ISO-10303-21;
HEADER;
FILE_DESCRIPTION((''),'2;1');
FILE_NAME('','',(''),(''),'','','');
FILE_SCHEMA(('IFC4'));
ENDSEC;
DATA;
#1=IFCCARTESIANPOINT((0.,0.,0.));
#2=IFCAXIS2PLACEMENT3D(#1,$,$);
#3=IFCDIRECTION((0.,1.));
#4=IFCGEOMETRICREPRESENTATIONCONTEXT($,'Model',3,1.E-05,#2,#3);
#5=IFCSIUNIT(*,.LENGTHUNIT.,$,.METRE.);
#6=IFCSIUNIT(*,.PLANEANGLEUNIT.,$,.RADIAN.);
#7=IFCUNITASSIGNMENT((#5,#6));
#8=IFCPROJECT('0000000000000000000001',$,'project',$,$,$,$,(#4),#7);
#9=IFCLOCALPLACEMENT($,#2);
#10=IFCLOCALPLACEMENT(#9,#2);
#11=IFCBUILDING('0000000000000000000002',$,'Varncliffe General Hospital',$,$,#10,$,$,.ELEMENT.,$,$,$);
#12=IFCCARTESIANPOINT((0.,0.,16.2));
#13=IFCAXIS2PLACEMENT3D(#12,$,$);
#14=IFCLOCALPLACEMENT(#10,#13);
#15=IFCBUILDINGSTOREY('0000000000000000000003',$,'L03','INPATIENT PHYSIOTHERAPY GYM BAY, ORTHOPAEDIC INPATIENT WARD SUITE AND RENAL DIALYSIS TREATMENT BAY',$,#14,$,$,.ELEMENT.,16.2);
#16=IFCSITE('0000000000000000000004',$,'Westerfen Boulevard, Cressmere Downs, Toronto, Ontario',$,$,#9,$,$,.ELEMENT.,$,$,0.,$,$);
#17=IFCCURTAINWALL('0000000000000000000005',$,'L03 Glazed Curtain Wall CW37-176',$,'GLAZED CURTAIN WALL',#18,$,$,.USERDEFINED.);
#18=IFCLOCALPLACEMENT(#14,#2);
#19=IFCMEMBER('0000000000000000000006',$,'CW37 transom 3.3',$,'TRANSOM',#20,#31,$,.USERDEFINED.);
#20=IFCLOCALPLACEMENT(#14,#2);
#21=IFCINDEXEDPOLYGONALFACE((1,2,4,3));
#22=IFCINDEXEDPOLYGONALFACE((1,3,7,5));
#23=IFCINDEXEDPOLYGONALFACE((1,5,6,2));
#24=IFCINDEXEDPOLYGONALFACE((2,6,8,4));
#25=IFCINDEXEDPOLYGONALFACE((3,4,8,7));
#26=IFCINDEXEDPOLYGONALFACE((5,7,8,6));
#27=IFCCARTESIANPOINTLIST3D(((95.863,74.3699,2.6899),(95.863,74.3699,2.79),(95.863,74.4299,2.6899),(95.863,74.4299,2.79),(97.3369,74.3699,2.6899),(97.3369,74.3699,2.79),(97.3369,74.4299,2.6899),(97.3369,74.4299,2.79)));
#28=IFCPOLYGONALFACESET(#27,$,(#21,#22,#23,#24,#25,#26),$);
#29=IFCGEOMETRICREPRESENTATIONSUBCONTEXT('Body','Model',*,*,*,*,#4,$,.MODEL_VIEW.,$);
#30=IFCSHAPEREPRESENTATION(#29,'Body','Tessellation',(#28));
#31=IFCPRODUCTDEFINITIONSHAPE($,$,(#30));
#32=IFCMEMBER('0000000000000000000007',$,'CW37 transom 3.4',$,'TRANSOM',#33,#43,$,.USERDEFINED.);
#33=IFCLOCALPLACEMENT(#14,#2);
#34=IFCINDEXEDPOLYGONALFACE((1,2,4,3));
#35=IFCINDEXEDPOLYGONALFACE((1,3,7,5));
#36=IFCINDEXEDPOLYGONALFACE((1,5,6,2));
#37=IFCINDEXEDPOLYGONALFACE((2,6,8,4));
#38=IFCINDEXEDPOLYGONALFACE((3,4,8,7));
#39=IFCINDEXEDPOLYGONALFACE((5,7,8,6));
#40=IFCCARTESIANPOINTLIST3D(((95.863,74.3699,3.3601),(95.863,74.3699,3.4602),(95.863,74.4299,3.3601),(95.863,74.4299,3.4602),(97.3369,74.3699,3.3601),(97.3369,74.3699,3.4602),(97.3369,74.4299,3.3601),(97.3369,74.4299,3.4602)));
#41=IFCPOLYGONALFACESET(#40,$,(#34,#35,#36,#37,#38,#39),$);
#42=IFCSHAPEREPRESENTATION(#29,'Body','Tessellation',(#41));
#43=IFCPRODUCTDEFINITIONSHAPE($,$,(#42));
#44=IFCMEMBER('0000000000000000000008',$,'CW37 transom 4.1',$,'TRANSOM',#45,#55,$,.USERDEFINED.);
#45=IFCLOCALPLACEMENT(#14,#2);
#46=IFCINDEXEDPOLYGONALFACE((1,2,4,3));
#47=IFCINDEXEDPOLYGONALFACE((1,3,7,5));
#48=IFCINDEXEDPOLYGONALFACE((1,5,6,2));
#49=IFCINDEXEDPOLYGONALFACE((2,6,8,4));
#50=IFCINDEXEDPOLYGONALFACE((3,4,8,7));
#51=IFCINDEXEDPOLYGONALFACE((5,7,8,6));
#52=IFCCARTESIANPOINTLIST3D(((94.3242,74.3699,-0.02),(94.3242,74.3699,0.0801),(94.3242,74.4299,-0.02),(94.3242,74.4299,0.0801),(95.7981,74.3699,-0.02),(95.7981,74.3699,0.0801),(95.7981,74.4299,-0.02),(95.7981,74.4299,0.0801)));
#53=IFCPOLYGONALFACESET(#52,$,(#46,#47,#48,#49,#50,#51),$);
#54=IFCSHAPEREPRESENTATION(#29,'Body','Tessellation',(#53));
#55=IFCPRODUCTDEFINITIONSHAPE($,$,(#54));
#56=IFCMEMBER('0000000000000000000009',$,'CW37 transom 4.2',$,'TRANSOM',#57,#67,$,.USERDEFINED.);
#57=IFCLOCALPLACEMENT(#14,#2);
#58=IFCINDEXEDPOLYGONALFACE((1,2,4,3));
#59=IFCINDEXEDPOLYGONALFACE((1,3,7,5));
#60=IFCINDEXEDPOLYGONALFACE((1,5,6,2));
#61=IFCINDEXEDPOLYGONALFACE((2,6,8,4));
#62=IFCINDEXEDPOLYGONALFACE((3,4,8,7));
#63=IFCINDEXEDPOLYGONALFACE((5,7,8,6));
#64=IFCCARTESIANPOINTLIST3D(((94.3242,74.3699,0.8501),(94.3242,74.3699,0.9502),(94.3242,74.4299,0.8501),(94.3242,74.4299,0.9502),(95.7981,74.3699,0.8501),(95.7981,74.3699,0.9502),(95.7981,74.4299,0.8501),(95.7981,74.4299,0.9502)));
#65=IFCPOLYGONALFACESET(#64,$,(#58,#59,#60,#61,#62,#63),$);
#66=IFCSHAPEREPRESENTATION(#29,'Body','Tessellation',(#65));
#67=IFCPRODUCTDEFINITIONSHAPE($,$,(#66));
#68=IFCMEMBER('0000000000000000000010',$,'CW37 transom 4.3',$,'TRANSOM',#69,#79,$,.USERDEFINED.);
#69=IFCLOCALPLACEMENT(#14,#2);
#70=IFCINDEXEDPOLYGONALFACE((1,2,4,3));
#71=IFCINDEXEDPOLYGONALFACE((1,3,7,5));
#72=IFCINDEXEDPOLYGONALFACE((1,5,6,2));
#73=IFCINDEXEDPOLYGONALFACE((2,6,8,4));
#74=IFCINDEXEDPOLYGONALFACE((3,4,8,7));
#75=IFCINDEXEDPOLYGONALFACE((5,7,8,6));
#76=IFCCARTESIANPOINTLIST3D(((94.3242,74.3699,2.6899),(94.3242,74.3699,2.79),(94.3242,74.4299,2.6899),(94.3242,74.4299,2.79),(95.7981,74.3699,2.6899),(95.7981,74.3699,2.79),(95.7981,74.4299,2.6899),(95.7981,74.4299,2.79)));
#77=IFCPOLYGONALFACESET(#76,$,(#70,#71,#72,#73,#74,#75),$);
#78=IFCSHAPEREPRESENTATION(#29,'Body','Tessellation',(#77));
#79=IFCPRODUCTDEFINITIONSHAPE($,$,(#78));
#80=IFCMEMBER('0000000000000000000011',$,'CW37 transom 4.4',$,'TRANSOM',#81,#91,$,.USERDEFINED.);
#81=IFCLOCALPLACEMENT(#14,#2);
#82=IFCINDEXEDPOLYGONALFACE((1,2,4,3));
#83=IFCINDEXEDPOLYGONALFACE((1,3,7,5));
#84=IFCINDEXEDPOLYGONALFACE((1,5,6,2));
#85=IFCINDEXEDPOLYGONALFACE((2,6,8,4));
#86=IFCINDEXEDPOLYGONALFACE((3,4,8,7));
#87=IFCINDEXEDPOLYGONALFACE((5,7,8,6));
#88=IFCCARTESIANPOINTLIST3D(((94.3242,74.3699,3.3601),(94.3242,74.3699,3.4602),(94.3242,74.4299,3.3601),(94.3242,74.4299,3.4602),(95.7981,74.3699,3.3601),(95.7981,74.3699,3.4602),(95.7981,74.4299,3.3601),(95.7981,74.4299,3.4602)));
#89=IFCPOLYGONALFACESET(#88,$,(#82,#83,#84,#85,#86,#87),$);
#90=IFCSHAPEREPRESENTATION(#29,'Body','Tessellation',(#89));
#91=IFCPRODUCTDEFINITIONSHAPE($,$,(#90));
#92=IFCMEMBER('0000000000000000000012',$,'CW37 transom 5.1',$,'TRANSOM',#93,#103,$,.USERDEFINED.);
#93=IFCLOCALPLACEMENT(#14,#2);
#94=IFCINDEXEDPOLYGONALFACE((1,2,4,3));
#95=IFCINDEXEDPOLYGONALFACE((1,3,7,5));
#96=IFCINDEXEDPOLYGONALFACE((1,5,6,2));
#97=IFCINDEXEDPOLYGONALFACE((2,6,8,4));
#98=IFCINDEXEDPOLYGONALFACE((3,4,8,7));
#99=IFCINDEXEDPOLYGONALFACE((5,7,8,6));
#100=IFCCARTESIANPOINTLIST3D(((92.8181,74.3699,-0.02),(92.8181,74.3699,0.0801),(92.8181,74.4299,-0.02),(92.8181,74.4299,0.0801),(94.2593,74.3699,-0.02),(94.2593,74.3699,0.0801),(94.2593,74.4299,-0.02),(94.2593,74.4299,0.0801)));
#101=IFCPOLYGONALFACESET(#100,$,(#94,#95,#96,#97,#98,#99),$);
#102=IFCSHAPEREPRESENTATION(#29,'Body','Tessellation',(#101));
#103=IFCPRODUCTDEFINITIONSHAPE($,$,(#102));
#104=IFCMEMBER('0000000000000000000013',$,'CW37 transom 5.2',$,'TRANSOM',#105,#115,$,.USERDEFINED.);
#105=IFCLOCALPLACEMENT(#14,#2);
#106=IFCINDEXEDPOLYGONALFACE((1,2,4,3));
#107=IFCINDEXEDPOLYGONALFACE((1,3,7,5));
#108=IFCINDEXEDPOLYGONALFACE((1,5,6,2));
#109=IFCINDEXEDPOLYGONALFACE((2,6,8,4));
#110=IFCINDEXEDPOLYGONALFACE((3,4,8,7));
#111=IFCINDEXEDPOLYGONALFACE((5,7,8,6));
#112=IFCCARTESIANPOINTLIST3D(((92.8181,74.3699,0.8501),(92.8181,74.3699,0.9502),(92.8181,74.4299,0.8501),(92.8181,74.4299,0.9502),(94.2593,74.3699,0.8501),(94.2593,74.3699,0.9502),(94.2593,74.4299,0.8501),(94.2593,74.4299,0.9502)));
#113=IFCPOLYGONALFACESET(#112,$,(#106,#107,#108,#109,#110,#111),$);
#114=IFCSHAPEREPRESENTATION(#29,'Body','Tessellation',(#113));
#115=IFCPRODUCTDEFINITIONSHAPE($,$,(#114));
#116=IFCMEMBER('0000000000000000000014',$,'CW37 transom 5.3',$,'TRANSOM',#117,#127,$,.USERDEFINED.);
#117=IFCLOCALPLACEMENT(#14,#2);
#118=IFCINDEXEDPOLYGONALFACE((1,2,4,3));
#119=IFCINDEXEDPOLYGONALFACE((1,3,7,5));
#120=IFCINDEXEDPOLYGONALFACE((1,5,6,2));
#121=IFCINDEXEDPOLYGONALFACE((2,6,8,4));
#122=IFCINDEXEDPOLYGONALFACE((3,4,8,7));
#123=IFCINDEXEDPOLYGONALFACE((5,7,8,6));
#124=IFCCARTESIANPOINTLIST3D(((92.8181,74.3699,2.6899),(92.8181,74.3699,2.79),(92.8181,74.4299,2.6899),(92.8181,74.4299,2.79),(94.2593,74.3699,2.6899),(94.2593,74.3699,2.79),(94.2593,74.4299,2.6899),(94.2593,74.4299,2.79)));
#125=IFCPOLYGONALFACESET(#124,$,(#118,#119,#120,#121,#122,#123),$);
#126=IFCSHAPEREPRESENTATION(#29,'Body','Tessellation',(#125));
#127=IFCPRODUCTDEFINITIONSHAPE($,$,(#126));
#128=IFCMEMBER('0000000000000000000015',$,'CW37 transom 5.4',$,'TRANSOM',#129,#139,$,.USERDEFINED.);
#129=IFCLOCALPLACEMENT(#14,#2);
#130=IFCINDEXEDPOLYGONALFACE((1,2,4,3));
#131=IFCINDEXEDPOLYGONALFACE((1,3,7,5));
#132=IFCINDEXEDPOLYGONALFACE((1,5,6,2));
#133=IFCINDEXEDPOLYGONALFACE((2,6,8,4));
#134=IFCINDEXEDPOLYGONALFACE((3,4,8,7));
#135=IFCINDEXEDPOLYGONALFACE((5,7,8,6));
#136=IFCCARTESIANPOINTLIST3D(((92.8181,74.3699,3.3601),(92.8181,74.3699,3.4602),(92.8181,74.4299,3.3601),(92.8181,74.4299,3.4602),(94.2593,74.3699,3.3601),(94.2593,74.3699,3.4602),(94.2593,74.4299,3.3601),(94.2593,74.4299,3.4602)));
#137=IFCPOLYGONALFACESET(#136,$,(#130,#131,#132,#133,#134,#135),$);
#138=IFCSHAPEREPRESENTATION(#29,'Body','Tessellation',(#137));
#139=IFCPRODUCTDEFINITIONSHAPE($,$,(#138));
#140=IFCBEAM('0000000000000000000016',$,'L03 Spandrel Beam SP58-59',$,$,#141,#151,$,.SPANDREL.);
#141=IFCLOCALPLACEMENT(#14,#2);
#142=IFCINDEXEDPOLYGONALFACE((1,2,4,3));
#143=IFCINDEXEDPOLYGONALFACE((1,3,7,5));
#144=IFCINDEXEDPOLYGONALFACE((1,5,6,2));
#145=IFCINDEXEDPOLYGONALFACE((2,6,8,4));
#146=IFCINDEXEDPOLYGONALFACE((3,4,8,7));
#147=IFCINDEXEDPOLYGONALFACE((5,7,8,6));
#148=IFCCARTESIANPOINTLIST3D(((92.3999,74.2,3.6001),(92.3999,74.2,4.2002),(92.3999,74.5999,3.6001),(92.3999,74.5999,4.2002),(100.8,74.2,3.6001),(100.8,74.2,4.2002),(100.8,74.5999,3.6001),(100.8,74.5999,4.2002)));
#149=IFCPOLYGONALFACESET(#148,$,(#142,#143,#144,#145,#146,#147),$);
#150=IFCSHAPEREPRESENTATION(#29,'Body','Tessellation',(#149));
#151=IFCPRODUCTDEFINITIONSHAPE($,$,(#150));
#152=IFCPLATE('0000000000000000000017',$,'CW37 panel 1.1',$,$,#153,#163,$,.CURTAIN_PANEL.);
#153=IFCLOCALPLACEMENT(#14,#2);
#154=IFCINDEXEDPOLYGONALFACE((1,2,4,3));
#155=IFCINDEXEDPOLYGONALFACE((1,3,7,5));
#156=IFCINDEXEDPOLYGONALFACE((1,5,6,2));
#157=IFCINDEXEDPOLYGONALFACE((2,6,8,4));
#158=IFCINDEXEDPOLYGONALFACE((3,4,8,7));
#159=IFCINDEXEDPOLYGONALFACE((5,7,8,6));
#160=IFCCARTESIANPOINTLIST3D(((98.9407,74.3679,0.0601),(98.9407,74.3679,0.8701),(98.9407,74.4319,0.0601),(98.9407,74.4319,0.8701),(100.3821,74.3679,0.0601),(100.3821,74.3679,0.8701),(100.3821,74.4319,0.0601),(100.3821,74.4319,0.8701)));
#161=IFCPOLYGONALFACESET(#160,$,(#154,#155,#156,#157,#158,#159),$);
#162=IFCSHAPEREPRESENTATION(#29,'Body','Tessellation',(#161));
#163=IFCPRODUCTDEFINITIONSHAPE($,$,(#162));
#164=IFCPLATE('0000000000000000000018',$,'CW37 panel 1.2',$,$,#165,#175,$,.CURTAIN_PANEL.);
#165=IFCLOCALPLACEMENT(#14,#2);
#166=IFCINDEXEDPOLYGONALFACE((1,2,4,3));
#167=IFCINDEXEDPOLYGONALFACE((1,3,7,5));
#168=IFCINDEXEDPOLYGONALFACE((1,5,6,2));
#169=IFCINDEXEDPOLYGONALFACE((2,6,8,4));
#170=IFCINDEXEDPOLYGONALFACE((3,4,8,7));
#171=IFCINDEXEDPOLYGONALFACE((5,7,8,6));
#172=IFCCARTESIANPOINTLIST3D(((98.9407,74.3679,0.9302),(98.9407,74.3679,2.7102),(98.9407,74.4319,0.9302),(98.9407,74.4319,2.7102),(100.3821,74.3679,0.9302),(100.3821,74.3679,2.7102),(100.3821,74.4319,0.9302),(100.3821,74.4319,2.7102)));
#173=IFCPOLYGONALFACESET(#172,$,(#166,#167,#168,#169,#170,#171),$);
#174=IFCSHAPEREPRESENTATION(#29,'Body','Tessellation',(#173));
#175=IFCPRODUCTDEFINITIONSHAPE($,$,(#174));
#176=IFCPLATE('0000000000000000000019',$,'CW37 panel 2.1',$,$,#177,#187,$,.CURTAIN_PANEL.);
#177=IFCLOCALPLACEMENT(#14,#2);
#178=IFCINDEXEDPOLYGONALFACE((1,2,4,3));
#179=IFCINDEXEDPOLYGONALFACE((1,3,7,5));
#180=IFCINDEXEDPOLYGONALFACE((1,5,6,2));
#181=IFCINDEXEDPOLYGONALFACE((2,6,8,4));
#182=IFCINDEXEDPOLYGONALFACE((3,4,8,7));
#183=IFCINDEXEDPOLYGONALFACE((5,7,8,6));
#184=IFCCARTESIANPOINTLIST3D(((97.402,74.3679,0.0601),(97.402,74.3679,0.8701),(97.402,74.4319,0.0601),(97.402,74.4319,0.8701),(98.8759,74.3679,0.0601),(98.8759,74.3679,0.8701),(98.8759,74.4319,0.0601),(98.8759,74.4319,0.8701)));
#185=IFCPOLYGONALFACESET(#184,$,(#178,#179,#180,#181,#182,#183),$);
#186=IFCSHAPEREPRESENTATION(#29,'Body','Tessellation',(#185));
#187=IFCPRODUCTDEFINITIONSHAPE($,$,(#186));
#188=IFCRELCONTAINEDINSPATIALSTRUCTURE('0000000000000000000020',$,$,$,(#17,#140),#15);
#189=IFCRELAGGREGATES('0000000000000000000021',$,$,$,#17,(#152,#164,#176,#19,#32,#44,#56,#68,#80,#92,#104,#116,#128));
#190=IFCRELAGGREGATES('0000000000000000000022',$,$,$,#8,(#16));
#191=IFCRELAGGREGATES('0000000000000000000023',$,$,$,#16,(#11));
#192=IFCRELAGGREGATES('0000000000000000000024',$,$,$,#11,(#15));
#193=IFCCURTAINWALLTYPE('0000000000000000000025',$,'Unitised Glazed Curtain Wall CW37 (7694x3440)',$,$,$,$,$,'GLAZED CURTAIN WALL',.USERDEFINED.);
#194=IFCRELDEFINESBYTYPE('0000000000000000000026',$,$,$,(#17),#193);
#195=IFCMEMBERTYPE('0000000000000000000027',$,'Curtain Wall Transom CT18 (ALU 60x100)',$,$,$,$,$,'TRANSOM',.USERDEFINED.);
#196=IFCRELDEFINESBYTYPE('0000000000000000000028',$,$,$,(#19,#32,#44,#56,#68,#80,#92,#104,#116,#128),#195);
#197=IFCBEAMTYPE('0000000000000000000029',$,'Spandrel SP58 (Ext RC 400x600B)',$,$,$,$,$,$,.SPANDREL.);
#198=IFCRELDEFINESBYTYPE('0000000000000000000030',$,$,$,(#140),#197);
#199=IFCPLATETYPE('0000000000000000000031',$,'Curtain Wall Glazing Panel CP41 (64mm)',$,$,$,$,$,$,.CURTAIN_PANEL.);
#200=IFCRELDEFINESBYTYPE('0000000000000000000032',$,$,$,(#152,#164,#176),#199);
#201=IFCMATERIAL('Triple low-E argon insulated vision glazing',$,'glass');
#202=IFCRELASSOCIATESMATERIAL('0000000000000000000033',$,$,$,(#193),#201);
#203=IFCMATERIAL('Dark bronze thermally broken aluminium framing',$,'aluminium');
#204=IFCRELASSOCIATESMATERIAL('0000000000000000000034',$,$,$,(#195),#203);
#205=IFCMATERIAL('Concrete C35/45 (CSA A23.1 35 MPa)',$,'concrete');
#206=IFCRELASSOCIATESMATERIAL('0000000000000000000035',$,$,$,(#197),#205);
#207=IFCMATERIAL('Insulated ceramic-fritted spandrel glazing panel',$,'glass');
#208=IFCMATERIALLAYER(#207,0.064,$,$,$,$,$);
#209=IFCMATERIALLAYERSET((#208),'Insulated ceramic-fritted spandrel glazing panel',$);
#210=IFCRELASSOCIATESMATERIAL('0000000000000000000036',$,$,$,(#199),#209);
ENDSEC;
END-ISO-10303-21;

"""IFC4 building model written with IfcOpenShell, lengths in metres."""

from ifc_helpers import new_model, si_unit, direction, frame, origin, origin_2d, place, context, subcontext, project, spatial, rectangle, extrude, material, layer, layer_set, material_profile, profile_set, type_object, element, aggregate, save


model = new_model("IFC4")

# Units and contexts
model_context = context("Model", 3, precision=1e-05, world=origin(), true_north=direction((0.0, 1.0)))
body_context = subcontext(model_context, "Body", "Model", "MODEL_VIEW")
ifc_project = project(units=[si_unit("LENGTHUNIT", "METRE"), si_unit("PLANEANGLEUNIT", "RADIAN")], contexts=[model_context])

# Site, building, storey
site_placement = place(None, origin())
site = spatial("IfcSite", under=ifc_project, at=site_placement, Name="Westerfen Boulevard, Cressmere Downs, Toronto, Ontario", CompositionType="ELEMENT", RefElevation=0.0)
building_placement = place(site_placement, origin())
building = spatial("IfcBuilding", under=site, at=building_placement, Name="Varncliffe General Hospital", CompositionType="ELEMENT")
storey_placement = place(building_placement, frame((0.0, 0.0, 16.2)))
storey = spatial("IfcBuildingStorey", under=building, at=storey_placement, Name="L03", Description="INPATIENT PHYSIOTHERAPY GYM BAY, ORTHOPAEDIC INPATIENT WARD SUITE AND RENAL DIALYSIS TREATMENT BAY", CompositionType="ELEMENT", Elevation=16.2)

# Shared definitions
ifc_material_1 = material(Name="Concrete C35/45 (CSA A23.1 35 MPa)", Category="concrete")

# Curtain wall
ifc_material_2 = material(Name="Triple low-E argon insulated vision glazing", Category="glass")
curtain_wall_type_1 = type_object("IfcCurtainWallType", Name="Unitised Glazed Curtain Wall CW37 (7694x3440)", ElementType="GLAZED CURTAIN WALL", PredefinedType="USERDEFINED", material=ifc_material_2)
curtain_wall_1_placement = place(storey_placement, origin())
curtain_wall_1 = element("IfcCurtainWall", 1, at=curtain_wall_1_placement, inside=storey, type_object=curtain_wall_type_1, Name="L03 Glazed Curtain Wall CW37-176", ObjectType="GLAZED CURTAIN WALL", PredefinedType="USERDEFINED")
ifc_material_3 = material(Name="Dark bronze thermally broken aluminium framing", Category="aluminium")

# Members
ifc_material_profile_1 = material_profile(ifc_material_3, rectangle(XDim=0.0601, YDim=0.1001, at=origin_2d()), Name="ALU 60x100")
ifc_profile_set_1 = profile_set([ifc_material_profile_1], Name="Dark bronze thermally broken aluminium framing")
member_type_1 = type_object("IfcMemberType", Name="Curtain Wall Transom CT18 (ALU 60x100)", ElementType="TRANSOM", PredefinedType="USERDEFINED", material=ifc_profile_set_1)
member_1_placement = place(storey_placement, frame((97.3369, 74.3999, 2.74), z_axis=(-1.0, 0.0, 0.0), x_axis=(0.0, -1.0, 0.0)))
member_1 = element("IfcMember", 2, at=member_1_placement, type_object=member_type_1, Name="CW37 transom 3.3", ObjectType="TRANSOM", PredefinedType="USERDEFINED", context=body_context, shape_type="SweptSolid", body=[
    extrude(rectangle(XDim=0.0601, YDim=0.1001, at=origin_2d()), origin(), (0.0, 0.0, 1.0), 1.4739),
])
member_2_placement = place(storey_placement, frame((97.3369, 74.3999, 3.4102), z_axis=(-1.0, 0.0, 0.0), x_axis=(0.0, -1.0, 0.0)))
member_2 = element("IfcMember", 3, at=member_2_placement, type_object=member_type_1, Name="CW37 transom 3.4", ObjectType="TRANSOM", PredefinedType="USERDEFINED", context=body_context, shape_type="SweptSolid", body=[
    extrude(rectangle(XDim=0.0601, YDim=0.1001, at=origin_2d()), origin(), (0.0, 0.0, 1.0), 1.4739),
])
member_3_placement = place(storey_placement, frame((95.7981, 74.3999, 0.03), z_axis=(-1.0, 0.0, 0.0), x_axis=(0.0, -1.0, 0.0)))
member_3 = element("IfcMember", 4, at=member_3_placement, type_object=member_type_1, Name="CW37 transom 4.1", ObjectType="TRANSOM", PredefinedType="USERDEFINED", context=body_context, shape_type="SweptSolid", body=[
    extrude(rectangle(XDim=0.0601, YDim=0.1001, at=origin_2d()), origin(), (0.0, 0.0, 1.0), 1.4739),
])
member_4_placement = place(storey_placement, frame((95.7981, 74.3999, 0.9001), z_axis=(-1.0, 0.0, 0.0), x_axis=(0.0, -1.0, 0.0)))
member_4 = element("IfcMember", 5, at=member_4_placement, type_object=member_type_1, Name="CW37 transom 4.2", ObjectType="TRANSOM", PredefinedType="USERDEFINED", context=body_context, shape_type="SweptSolid", body=[
    extrude(rectangle(XDim=0.0601, YDim=0.1001, at=origin_2d()), origin(), (0.0, 0.0, 1.0), 1.4739),
])
member_5_placement = place(storey_placement, frame((95.7981, 74.3999, 2.74), z_axis=(-1.0, 0.0, 0.0), x_axis=(0.0, -1.0, 0.0)))
member_5 = element("IfcMember", 6, at=member_5_placement, type_object=member_type_1, Name="CW37 transom 4.3", ObjectType="TRANSOM", PredefinedType="USERDEFINED", context=body_context, shape_type="SweptSolid", body=[
    extrude(rectangle(XDim=0.0601, YDim=0.1001, at=origin_2d()), origin(), (0.0, 0.0, 1.0), 1.4739),
])
member_6_placement = place(storey_placement, frame((95.7981, 74.3999, 3.4102), z_axis=(-1.0, 0.0, 0.0), x_axis=(0.0, -1.0, 0.0)))
member_6 = element("IfcMember", 7, at=member_6_placement, type_object=member_type_1, Name="CW37 transom 4.4", ObjectType="TRANSOM", PredefinedType="USERDEFINED", context=body_context, shape_type="SweptSolid", body=[
    extrude(rectangle(XDim=0.0601, YDim=0.1001, at=origin_2d()), origin(), (0.0, 0.0, 1.0), 1.4739),
])
member_7_placement = place(storey_placement, frame((94.2593, 74.3999, 0.03), z_axis=(-1.0, 0.0, 0.0), x_axis=(0.0, -1.0, 0.0)))
member_7 = element("IfcMember", 8, at=member_7_placement, type_object=member_type_1, Name="CW37 transom 5.1", ObjectType="TRANSOM", PredefinedType="USERDEFINED", context=body_context, shape_type="SweptSolid", body=[
    extrude(rectangle(XDim=0.0601, YDim=0.1001, at=origin_2d()), origin(), (0.0, 0.0, 1.0), 1.4412),
])
member_8_placement = place(storey_placement, frame((94.2593, 74.3999, 0.9001), z_axis=(-1.0, 0.0, 0.0), x_axis=(0.0, -1.0, 0.0)))
member_8 = element("IfcMember", 9, at=member_8_placement, type_object=member_type_1, Name="CW37 transom 5.2", ObjectType="TRANSOM", PredefinedType="USERDEFINED", context=body_context, shape_type="SweptSolid", body=[
    extrude(rectangle(XDim=0.0601, YDim=0.1001, at=origin_2d()), origin(), (0.0, 0.0, 1.0), 1.4412),
])
member_9_placement = place(storey_placement, frame((94.2593, 74.3999, 2.74), z_axis=(-1.0, 0.0, 0.0), x_axis=(0.0, -1.0, 0.0)))
member_9 = element("IfcMember", 10, at=member_9_placement, type_object=member_type_1, Name="CW37 transom 5.3", ObjectType="TRANSOM", PredefinedType="USERDEFINED", context=body_context, shape_type="SweptSolid", body=[
    extrude(rectangle(XDim=0.0601, YDim=0.1001, at=origin_2d()), origin(), (0.0, 0.0, 1.0), 1.4412),
])
member_10_placement = place(storey_placement, frame((94.2593, 74.3999, 3.4102), z_axis=(-1.0, 0.0, 0.0), x_axis=(0.0, -1.0, 0.0)))
member_10 = element("IfcMember", 11, at=member_10_placement, type_object=member_type_1, Name="CW37 transom 5.4", ObjectType="TRANSOM", PredefinedType="USERDEFINED", context=body_context, shape_type="SweptSolid", body=[
    extrude(rectangle(XDim=0.0601, YDim=0.1001, at=origin_2d()), origin(), (0.0, 0.0, 1.0), 1.4412),
])

# Beam
ifc_material_profile_2 = material_profile(ifc_material_1, rectangle(XDim=0.3999, YDim=0.6001, at=origin_2d()), Name="RC 400x600")
ifc_profile_set_2 = profile_set([ifc_material_profile_2], Name="Concrete C35/45 (CSA A23.1 35 MPa)")
beam_type_1 = type_object("IfcBeamType", Name="Spandrel SP58 (Ext RC 400x600B)", PredefinedType="SPANDREL", material=ifc_profile_set_2)
beam_1_placement = place(storey_placement, frame((92.3999, 74.3999, 3.9001), z_axis=(1.0, 0.0, 0.0), x_axis=(0.0, 1.0, 0.0)))
element("IfcBeam", 12, at=beam_1_placement, inside=storey, type_object=beam_type_1, Name="L03 Spandrel Beam SP58-59", PredefinedType="SPANDREL", context=body_context, shape_type="SweptSolid", body=[
    extrude(rectangle(XDim=0.3999, YDim=0.6001, at=origin_2d()), origin(), (0.0, 0.0, 1.0), 8.4001),
])

# Plates
ifc_material_4 = material(Name="Insulated ceramic-fritted spandrel glazing panel", Category="glass")
ifc_layer = layer(ifc_material_4, 0.064)
ifc_layer_set = layer_set([ifc_layer], Name="Insulated ceramic-fritted spandrel glazing panel")
plate_type = type_object("IfcPlateType", Name="Curtain Wall Glazing Panel CP41 (64mm)", PredefinedType="CURTAIN_PANEL", material=ifc_layer_set)
plate_1_placement = place(storey_placement, frame((99.6614, 74.3999, 0.0601), z_axis=(0.0, 0.0, 1.0), x_axis=(-1.0, 0.0, 0.0)))
plate_1 = element("IfcPlate", 13, at=plate_1_placement, type_object=plate_type, Name="CW37 panel 1.1", PredefinedType="CURTAIN_PANEL", context=body_context, shape_type="SweptSolid", body=[
    extrude(rectangle(XDim=1.4414, YDim=0.064, at=origin_2d()), origin(), (0.0, 0.0, 1.0), 0.8101),
])
plate_2_placement = place(storey_placement, frame((99.6614, 74.3999, 0.9302), z_axis=(0.0, 0.0, 1.0), x_axis=(-1.0, 0.0, 0.0)))
plate_2 = element("IfcPlate", 14, at=plate_2_placement, type_object=plate_type, Name="CW37 panel 1.2", PredefinedType="CURTAIN_PANEL", context=body_context, shape_type="SweptSolid", body=[
    extrude(rectangle(XDim=1.4414, YDim=0.064, at=origin_2d()), origin(), (0.0, 0.0, 1.0), 1.78),
])
plate_3_placement = place(storey_placement, frame((98.1389, 74.3999, 0.0601), z_axis=(0.0, 0.0, 1.0), x_axis=(-1.0, 0.0, 0.0)))
plate_3 = element("IfcPlate", 15, at=plate_3_placement, type_object=plate_type, Name="CW37 panel 2.1", PredefinedType="CURTAIN_PANEL", context=body_context, shape_type="SweptSolid", body=[
    extrude(rectangle(XDim=1.4739, YDim=0.064, at=origin_2d()), origin(), (0.0, 0.0, 1.0), 0.8101),
])
aggregate(curtain_wall_1, [plate_1, plate_2, plate_3, member_1, member_2, member_3, member_4, member_5, member_6, member_7, member_8, member_9, member_10])

save(model, "model.ifc")
